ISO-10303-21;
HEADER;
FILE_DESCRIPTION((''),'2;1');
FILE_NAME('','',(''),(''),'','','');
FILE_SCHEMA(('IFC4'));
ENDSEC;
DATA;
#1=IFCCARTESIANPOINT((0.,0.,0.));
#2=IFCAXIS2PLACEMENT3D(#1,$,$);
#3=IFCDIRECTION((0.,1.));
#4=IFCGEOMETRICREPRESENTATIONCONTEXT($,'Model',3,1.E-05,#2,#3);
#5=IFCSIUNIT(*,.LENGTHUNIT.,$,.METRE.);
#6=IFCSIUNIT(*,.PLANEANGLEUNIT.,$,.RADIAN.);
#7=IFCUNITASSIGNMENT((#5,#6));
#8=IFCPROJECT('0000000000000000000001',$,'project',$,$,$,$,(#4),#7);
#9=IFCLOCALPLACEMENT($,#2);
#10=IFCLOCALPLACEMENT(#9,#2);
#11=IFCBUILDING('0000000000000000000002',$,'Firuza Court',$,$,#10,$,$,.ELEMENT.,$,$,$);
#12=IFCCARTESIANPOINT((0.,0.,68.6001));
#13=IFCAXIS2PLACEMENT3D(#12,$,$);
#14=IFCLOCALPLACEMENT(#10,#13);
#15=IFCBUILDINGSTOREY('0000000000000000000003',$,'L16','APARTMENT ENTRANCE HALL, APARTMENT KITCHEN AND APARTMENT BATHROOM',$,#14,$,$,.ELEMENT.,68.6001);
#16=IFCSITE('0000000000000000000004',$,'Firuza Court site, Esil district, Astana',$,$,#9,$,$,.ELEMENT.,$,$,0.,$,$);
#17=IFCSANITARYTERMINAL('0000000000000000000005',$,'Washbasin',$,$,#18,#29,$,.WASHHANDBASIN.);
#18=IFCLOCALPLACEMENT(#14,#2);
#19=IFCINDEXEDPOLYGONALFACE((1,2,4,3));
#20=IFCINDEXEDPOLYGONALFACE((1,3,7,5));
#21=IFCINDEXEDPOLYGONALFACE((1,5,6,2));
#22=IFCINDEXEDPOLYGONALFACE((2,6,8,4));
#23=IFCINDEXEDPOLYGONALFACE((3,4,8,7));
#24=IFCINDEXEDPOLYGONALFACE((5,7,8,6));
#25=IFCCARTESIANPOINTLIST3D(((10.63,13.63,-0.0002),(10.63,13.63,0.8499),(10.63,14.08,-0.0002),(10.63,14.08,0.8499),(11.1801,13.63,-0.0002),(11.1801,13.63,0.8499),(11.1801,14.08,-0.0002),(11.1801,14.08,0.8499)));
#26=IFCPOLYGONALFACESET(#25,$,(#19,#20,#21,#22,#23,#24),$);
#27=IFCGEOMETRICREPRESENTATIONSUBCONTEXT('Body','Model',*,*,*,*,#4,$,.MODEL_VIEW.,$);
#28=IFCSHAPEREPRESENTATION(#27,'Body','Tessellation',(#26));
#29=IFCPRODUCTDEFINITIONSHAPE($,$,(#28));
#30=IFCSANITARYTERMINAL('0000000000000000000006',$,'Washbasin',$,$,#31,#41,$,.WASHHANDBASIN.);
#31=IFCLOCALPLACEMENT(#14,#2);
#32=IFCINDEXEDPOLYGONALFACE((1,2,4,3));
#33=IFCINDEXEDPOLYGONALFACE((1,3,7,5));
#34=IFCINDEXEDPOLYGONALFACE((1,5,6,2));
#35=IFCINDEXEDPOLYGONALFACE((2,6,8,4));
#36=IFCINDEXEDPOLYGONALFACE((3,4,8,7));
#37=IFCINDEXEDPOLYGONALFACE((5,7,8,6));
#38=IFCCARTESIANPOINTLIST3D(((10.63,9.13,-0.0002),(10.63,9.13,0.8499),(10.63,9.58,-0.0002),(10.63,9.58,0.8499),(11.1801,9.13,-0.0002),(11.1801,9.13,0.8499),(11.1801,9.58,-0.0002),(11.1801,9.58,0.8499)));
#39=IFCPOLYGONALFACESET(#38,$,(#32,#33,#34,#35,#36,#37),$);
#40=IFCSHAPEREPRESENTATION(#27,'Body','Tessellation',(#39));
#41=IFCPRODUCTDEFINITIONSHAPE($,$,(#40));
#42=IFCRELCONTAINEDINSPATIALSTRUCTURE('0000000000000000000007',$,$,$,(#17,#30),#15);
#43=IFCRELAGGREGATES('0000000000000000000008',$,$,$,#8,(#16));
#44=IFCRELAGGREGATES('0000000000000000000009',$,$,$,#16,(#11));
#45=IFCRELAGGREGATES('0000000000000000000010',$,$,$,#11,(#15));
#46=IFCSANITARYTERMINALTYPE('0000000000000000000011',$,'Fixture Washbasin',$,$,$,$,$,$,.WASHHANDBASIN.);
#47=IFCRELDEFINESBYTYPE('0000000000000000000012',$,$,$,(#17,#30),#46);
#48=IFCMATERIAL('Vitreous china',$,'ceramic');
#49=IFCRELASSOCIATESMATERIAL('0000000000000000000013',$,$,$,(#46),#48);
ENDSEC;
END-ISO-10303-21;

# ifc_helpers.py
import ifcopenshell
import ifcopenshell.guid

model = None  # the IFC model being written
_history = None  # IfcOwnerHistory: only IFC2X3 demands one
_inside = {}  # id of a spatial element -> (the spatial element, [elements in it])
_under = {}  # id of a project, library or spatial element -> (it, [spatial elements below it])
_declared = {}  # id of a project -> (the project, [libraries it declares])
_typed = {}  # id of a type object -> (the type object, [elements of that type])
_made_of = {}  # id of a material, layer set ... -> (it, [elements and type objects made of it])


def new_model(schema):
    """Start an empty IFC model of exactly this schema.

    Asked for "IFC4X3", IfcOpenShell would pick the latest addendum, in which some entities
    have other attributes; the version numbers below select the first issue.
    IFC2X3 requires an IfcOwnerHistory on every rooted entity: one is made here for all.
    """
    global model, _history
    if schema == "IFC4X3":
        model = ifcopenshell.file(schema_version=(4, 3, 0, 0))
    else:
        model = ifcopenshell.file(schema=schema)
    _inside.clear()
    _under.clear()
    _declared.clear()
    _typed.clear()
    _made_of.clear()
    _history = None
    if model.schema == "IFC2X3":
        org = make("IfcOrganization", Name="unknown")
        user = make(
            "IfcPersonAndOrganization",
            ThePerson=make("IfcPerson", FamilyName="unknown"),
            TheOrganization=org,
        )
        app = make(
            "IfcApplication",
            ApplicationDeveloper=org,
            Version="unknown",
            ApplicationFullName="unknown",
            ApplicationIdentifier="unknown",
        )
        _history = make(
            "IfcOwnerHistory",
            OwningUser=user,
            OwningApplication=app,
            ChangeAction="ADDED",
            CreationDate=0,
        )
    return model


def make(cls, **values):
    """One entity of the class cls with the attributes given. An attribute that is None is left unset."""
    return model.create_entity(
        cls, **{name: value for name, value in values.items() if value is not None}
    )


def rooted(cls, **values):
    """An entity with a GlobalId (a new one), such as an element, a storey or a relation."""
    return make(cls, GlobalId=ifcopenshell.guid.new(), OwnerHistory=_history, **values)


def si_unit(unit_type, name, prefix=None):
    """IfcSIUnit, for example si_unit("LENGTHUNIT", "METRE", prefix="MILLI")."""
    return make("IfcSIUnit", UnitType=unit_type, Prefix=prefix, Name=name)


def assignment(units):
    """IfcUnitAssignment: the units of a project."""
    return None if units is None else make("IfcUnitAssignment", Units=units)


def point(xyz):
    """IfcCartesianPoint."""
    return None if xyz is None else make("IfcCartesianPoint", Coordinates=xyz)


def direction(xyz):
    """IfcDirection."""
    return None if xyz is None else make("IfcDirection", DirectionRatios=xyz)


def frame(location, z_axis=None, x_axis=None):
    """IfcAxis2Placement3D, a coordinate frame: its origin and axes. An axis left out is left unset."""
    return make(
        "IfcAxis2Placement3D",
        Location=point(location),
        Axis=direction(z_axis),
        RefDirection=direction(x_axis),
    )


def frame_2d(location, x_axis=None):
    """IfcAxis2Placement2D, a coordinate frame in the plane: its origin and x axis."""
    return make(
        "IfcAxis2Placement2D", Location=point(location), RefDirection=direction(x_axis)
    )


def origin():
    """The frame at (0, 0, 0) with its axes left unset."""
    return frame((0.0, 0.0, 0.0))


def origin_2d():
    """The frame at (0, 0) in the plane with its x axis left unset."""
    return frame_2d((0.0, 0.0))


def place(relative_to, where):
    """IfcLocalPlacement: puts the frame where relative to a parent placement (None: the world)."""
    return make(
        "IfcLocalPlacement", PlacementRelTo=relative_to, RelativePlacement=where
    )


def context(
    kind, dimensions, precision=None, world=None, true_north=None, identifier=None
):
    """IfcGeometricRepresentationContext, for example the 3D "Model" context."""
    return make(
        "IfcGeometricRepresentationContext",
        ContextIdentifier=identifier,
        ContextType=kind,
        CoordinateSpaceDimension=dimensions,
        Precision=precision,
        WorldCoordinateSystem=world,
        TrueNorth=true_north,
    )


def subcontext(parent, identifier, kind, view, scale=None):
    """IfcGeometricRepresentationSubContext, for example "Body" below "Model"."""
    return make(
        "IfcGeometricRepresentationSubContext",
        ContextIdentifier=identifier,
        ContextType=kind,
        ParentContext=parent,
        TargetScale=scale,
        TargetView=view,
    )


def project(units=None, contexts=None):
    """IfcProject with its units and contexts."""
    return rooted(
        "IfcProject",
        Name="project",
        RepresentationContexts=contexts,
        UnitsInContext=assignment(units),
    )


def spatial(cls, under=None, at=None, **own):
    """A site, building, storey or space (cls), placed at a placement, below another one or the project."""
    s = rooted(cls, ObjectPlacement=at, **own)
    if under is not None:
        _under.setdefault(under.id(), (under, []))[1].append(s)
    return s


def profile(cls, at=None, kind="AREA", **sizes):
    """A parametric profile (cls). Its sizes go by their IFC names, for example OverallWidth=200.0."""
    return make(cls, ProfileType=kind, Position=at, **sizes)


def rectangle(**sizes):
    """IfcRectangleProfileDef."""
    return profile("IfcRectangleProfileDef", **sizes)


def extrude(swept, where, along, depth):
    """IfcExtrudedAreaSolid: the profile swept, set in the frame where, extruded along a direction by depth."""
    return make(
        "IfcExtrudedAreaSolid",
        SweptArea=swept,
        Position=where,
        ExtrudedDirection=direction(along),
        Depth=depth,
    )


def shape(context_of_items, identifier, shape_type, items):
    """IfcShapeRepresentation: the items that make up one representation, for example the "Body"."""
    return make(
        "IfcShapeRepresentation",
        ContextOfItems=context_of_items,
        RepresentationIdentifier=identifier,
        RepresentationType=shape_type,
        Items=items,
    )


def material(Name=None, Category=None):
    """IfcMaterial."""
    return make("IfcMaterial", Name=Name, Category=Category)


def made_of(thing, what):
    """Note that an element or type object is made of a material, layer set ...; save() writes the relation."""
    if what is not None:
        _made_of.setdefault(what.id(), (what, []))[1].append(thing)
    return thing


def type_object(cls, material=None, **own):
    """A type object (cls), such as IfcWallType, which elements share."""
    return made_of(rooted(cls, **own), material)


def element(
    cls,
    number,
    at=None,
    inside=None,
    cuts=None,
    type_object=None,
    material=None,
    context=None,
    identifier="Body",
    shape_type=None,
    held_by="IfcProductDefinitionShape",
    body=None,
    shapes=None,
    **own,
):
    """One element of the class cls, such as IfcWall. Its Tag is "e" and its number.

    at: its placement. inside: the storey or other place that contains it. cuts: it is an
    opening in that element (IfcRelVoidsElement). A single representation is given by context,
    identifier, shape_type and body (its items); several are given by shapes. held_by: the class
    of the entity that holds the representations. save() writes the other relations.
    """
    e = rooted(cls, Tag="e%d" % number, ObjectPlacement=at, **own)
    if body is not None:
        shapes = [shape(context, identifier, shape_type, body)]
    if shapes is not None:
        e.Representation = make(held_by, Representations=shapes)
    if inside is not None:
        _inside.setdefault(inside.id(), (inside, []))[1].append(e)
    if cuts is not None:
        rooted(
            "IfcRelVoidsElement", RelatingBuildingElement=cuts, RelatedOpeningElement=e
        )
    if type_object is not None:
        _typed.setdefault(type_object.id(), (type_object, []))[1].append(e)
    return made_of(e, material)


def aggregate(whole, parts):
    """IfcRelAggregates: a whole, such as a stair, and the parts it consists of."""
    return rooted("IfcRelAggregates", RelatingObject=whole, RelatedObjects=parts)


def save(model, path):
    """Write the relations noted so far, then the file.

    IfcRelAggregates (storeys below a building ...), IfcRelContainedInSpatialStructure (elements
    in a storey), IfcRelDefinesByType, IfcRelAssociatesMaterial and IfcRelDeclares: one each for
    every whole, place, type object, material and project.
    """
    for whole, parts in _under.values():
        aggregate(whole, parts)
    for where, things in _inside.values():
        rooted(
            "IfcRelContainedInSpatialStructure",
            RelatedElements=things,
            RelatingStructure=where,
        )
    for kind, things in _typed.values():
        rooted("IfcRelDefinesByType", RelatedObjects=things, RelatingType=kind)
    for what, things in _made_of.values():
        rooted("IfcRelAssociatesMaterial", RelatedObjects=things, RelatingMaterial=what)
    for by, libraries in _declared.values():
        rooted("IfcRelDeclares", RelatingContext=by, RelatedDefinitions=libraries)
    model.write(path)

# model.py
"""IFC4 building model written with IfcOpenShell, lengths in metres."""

from ifc_helpers import new_model, si_unit, direction, frame, origin, origin_2d, place, context, subcontext, project, spatial, rectangle, extrude, material, type_object, element, save


model = new_model("IFC4")

# Units and contexts
model_context = context("Model", 3, precision=1e-05, world=origin(), true_north=direction((0.0, 1.0)))
body_context = subcontext(model_context, "Body", "Model", "MODEL_VIEW")
ifc_project = project(units=[si_unit("LENGTHUNIT", "METRE"), si_unit("PLANEANGLEUNIT", "RADIAN")], contexts=[model_context])

# Site, building, storey
site_placement = place(None, origin())
site = spatial("IfcSite", under=ifc_project, at=site_placement, Name="Firuza Court site, Esil district, Astana", CompositionType="ELEMENT", RefElevation=0.0)
building_placement = place(site_placement, origin())
building = spatial("IfcBuilding", under=site, at=building_placement, Name="Firuza Court", CompositionType="ELEMENT")
storey_placement = place(building_placement, frame((0.0, 0.0, 68.6001)))
storey = spatial("IfcBuildingStorey", under=building, at=storey_placement, Name="L16", Description="APARTMENT ENTRANCE HALL, APARTMENT KITCHEN AND APARTMENT BATHROOM", CompositionType="ELEMENT", Elevation=68.6001)

# Sanitary terminals
ifc_material_1 = material(Name="Vitreous china", Category="ceramic")
sanitary_terminal_type_1 = type_object("IfcSanitaryTerminalType", Name="Fixture Washbasin", PredefinedType="WASHHANDBASIN", material=ifc_material_1)
for number, where, z_axis, x_axis, name in (
    (1, (10.905, 13.855, -0.0002), (0.0, 0.0, 1.0), (1.0, 0.0, 0.0), "Washbasin"),
    (2, (10.905, 9.355, -0.0002), (0.0, 0.0, 1.0), (1.0, 0.0, 0.0), "Washbasin"),
):
    element("IfcSanitaryTerminal", number, at=place(storey_placement, frame(where, z_axis=z_axis, x_axis=x_axis)), inside=storey, type_object=sanitary_terminal_type_1, Name=name, PredefinedType="WASHHANDBASIN", context=body_context, shape_type="SweptSolid", body=[
        extrude(rectangle(XDim=0.55, YDim=0.45, at=origin_2d()), origin(), (0.0, 0.0, 1.0), 0.8501),
    ])

save(model, "model.ifc")
